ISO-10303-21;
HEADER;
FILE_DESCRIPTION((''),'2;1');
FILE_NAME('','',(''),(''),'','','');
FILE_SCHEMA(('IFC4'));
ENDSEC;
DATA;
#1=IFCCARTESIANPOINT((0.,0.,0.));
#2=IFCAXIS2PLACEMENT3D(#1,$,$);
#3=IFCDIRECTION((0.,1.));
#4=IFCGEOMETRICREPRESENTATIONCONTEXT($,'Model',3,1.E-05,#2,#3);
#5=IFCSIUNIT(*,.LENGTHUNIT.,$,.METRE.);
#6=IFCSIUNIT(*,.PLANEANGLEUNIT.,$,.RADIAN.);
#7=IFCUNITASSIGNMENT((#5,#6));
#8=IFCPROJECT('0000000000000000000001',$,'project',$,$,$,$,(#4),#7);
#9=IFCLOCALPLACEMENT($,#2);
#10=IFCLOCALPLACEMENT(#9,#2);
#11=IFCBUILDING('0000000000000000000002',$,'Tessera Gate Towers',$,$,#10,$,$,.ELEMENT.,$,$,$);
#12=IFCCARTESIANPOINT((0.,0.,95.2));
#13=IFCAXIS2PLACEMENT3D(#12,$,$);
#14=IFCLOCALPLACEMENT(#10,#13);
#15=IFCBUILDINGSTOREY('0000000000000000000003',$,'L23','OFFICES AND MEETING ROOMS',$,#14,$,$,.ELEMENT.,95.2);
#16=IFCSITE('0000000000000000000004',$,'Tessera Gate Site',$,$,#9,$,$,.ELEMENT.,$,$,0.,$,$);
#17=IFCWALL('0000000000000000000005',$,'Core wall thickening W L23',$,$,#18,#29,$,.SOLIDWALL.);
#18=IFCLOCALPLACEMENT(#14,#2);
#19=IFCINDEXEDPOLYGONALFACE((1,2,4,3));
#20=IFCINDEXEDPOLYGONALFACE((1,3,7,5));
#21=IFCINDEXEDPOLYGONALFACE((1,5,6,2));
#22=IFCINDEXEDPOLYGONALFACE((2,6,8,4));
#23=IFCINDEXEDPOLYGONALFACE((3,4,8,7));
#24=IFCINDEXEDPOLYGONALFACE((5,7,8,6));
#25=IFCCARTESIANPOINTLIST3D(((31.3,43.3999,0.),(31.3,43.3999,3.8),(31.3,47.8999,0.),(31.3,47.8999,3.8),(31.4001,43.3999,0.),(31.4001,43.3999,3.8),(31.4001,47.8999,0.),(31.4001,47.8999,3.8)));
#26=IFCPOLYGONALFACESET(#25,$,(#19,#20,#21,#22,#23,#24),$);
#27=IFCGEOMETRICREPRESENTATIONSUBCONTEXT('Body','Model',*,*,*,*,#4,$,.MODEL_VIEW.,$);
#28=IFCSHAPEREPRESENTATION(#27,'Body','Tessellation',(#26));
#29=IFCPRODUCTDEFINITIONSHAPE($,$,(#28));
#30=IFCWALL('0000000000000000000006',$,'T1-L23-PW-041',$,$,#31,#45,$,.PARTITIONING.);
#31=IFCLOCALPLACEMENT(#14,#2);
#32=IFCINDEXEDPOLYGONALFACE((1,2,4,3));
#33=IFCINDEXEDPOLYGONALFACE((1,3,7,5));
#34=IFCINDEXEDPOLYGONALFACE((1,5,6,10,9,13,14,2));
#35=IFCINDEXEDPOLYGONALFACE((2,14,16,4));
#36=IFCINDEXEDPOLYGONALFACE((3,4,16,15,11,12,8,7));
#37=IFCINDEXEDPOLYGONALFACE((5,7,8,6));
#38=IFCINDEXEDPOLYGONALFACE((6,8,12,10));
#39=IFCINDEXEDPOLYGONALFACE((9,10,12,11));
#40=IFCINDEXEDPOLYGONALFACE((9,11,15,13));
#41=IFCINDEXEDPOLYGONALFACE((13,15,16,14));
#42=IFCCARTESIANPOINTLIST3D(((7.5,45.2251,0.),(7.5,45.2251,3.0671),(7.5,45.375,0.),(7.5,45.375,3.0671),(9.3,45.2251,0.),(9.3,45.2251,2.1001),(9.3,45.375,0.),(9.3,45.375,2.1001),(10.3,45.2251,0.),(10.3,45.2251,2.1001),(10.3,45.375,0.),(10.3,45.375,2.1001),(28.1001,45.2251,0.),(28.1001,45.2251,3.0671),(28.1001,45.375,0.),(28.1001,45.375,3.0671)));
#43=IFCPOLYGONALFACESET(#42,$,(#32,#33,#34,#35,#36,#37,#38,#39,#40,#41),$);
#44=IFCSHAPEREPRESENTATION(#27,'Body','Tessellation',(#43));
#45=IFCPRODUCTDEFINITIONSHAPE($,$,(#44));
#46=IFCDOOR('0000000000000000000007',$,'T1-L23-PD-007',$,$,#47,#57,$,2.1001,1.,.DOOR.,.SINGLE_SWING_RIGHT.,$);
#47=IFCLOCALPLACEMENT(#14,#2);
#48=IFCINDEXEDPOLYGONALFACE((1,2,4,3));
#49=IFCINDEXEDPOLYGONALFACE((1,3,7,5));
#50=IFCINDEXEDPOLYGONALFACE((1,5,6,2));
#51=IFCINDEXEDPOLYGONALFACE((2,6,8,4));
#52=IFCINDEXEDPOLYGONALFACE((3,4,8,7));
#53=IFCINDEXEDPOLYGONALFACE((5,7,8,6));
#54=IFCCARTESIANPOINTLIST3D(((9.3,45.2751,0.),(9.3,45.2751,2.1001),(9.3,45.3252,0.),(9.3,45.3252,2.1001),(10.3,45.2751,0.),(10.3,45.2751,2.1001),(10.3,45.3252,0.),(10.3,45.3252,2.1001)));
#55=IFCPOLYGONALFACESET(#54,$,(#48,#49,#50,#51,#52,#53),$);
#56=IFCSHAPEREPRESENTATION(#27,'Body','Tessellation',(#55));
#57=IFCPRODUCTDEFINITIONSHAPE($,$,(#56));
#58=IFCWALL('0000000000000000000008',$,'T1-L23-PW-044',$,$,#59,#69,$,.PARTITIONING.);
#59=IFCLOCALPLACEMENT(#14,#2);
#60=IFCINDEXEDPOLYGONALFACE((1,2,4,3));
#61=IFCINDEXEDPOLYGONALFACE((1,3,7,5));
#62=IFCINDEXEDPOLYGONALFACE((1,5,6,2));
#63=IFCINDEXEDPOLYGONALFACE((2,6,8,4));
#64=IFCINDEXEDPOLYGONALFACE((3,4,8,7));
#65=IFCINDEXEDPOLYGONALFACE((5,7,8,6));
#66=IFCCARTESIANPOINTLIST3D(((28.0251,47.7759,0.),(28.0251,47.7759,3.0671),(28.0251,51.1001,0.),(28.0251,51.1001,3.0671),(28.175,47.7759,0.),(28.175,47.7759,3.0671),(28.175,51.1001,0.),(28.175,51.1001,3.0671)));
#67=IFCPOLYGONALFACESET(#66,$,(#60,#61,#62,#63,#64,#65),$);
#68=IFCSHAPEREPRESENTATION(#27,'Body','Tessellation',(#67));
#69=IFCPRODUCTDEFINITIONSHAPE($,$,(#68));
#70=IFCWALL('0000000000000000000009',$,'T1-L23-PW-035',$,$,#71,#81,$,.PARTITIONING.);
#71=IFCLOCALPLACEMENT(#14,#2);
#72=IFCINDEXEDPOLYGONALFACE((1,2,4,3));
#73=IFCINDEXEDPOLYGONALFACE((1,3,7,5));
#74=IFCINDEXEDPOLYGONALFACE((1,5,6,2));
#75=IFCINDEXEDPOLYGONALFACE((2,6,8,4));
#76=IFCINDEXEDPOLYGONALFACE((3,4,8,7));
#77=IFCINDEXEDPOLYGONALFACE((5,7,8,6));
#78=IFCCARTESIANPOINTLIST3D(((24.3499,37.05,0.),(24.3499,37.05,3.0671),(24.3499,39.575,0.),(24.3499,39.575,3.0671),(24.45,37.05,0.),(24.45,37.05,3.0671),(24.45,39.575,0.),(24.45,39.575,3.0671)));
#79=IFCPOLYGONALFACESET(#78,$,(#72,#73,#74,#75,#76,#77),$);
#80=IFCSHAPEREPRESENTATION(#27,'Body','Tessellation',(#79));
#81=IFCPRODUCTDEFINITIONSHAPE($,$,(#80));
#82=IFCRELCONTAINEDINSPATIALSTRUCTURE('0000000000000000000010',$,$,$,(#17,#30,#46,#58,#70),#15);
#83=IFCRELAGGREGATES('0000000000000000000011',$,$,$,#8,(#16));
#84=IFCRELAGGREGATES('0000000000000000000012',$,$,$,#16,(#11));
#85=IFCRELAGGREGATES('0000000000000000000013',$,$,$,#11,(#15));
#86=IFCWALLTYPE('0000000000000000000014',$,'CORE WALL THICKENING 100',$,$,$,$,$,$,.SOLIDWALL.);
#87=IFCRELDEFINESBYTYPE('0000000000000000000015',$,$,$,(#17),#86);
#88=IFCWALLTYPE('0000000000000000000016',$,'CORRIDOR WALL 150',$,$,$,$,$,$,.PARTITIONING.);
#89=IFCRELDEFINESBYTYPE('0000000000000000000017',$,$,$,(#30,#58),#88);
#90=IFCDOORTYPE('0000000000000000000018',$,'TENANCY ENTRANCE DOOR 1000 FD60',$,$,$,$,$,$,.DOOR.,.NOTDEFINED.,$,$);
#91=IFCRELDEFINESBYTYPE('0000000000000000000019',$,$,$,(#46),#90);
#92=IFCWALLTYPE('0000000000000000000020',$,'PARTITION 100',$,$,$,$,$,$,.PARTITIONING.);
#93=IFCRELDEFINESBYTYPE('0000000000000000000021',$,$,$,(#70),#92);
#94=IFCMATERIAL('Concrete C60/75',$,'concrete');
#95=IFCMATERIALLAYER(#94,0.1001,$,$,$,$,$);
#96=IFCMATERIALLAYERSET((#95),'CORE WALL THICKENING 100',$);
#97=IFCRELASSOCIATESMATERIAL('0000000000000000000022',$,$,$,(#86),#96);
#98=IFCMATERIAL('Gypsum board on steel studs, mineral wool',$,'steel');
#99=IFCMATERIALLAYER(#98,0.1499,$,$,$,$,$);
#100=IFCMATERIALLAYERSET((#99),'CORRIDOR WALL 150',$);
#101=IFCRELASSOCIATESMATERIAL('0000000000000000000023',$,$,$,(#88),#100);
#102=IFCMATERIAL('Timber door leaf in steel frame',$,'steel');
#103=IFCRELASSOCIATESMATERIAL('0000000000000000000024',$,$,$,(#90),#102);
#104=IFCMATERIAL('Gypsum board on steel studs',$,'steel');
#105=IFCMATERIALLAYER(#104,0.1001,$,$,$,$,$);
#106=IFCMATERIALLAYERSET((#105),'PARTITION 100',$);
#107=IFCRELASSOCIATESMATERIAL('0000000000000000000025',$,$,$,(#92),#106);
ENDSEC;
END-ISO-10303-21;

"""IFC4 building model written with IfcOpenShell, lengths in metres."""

from ifc_helpers import new_model, si_unit, direction, frame, frame_2d, origin, place, context, subcontext, project, spatial, rectangle, extrude, source, transform, mapped, material, layer, layer_set, type_object, element, fill, save


model = new_model("IFC4")

# Units and contexts
model_context = context("Model", 3, precision=1e-05, world=origin(), true_north=direction((0.0, 1.0)))
body_context = subcontext(model_context, "Body", "Model", "MODEL_VIEW")
ifc_project = project(units=[si_unit("LENGTHUNIT", "METRE"), si_unit("PLANEANGLEUNIT", "RADIAN")], contexts=[model_context])

# Site, building, storey
site_placement = place(None, origin())
site = spatial("IfcSite", under=ifc_project, at=site_placement, Name="Tessera Gate Site", CompositionType="ELEMENT", RefElevation=0.0)
building_placement = place(site_placement, origin())
building = spatial("IfcBuilding", under=site, at=building_placement, Name="Tessera Gate Towers", CompositionType="ELEMENT")
storey_placement = place(building_placement, frame((0.0, 0.0, 95.2)))
storey = spatial("IfcBuildingStorey", under=building, at=storey_placement, Name="L23", Description="OFFICES AND MEETING ROOMS", CompositionType="ELEMENT", Elevation=95.2)

# Wall
ifc_material_1 = material(Name="Concrete C60/75", Category="concrete")
ifc_layer_1 = layer(ifc_material_1, 0.1001)
ifc_layer_set_1 = layer_set([ifc_layer_1], Name="CORE WALL THICKENING 100")
wall_type_1 = type_object("IfcWallType", Name="CORE WALL THICKENING 100", PredefinedType="SOLIDWALL", material=ifc_layer_set_1)
wall_1_placement = place(storey_placement, frame((31.3501, 43.3999, 0.0), z_axis=(0.0, 0.0, 1.0), x_axis=(0.0, 1.0, 0.0)))
element("IfcWall", 1, at=wall_1_placement, inside=storey, type_object=wall_type_1, Name="Core wall thickening W L23", PredefinedType="SOLIDWALL", context=body_context, shape_type="SweptSolid", body=[
    extrude(rectangle(XDim=4.5, YDim=0.1001, at=frame_2d((2.25, 0.0))), origin(), (0.0, 0.0, 1.0), 3.8),
])

# Wall, opening, door
ifc_material_2 = material(Name="Gypsum board on steel studs, mineral wool", Category="steel")
ifc_layer_2 = layer(ifc_material_2, 0.1499)
ifc_layer_set_2 = layer_set([ifc_layer_2], Name="CORRIDOR WALL 150")
wall_type_2 = type_object("IfcWallType", Name="CORRIDOR WALL 150", PredefinedType="PARTITIONING", material=ifc_layer_set_2)
wall_2_placement = place(storey_placement, frame((28.1001, 45.3, 0.0), z_axis=(0.0, 0.0, 1.0), x_axis=(-1.0, 0.0, 0.0)))
wall_2 = element("IfcWall", 2, at=wall_2_placement, inside=storey, type_object=wall_type_2, Name="T1-L23-PW-041", PredefinedType="PARTITIONING", context=body_context, shape_type="SweptSolid", body=[
    extrude(rectangle(XDim=20.6001, YDim=0.1499, at=frame_2d((10.3, 0.0))), origin(), (0.0, 0.0, 1.0), 3.0671),
])
shared_shape_1 = source(origin(), body_context, "Body", "SweptSolid", [
    extrude(rectangle(XDim=1.0, YDim=2.1001, at=frame_2d((0.5, 1.05))), frame((0.0, 0.085, 0.0), z_axis=(0.0, -1.0, 0.0), x_axis=(1.0, 0.0, 0.0)), (0.0, 0.0, 1.0), 0.1699),
])
opening_1_placement = place(wall_2_placement, frame((17.8, 0.0, 0.0)))
opening_1 = element("IfcOpeningElement", 3, at=opening_1_placement, cuts=wall_2, PredefinedType="OPENING", context=body_context, shape_type="MappedRepresentation", body=[
    mapped(shared_shape_1, transform((0.0, 0.0, 0.0), scale=1.0)),
])
ifc_material_3 = material(Name="Timber door leaf in steel frame", Category="steel")
door_type_1 = type_object("IfcDoorType", Name="TENANCY ENTRANCE DOOR 1000 FD60", OperationType="NOTDEFINED", PredefinedType="DOOR", material=ifc_material_3)
shared_shape_2 = source(origin(), body_context, "Body", "SweptSolid", [
    extrude(rectangle(XDim=1.0, YDim=2.1001, at=frame_2d((0.5, 1.05))), frame((0.0, 0.0249, 0.0), z_axis=(0.0, -1.0, 0.0), x_axis=(1.0, 0.0, 0.0)), (0.0, 0.0, 1.0), 0.05),
])
door_1_placement = place(opening_1_placement, origin())
door_1 = element("IfcDoor", 4, at=door_1_placement, inside=storey, type_object=door_type_1, Name="T1-L23-PD-007", OperationType="SINGLE_SWING_RIGHT", OverallHeight=2.1001, OverallWidth=1.0, PredefinedType="DOOR", context=body_context, shape_type="MappedRepresentation", body=[
    mapped(shared_shape_2, transform((0.0, 0.0, 0.0), scale=1.0)),
])
fill(opening_1, door_1)

# Walls
wall_3_placement = place(storey_placement, frame((28.1001, 47.7759, 0.0), z_axis=(0.0, 0.0, 1.0), x_axis=(0.0, 1.0, 0.0)))
element("IfcWall", 5, at=wall_3_placement, inside=storey, type_object=wall_type_2, Name="T1-L23-PW-044", PredefinedType="PARTITIONING", context=body_context, shape_type="SweptSolid", body=[
    extrude(rectangle(XDim=3.3242, YDim=0.1499, at=frame_2d((1.6621, 0.0))), origin(), (0.0, 0.0, 1.0), 3.0671),
])
ifc_material_4 = material(Name="Gypsum board on steel studs", Category="steel")
ifc_layer_3 = layer(ifc_material_4, 0.1001)
ifc_layer_set_3 = layer_set([ifc_layer_3], Name="PARTITION 100")
wall_type_3 = type_object("IfcWallType", Name="PARTITION 100", PredefinedType="PARTITIONING", material=ifc_layer_set_3)
wall_4_placement = place(storey_placement, frame((24.3999, 37.05, 0.0), z_axis=(0.0, 0.0, 1.0), x_axis=(0.0, 1.0, 0.0)))
element("IfcWall", 6, at=wall_4_placement, inside=storey, type_object=wall_type_3, Name="T1-L23-PW-035", PredefinedType="PARTITIONING", context=body_context, shape_type="SweptSolid", body=[
    extrude(rectangle(XDim=2.5249, YDim=0.1001, at=frame_2d((1.2625, 0.0))), origin(), (0.0, 0.0, 1.0), 3.0671),
])

save(model, "model.ifc")
